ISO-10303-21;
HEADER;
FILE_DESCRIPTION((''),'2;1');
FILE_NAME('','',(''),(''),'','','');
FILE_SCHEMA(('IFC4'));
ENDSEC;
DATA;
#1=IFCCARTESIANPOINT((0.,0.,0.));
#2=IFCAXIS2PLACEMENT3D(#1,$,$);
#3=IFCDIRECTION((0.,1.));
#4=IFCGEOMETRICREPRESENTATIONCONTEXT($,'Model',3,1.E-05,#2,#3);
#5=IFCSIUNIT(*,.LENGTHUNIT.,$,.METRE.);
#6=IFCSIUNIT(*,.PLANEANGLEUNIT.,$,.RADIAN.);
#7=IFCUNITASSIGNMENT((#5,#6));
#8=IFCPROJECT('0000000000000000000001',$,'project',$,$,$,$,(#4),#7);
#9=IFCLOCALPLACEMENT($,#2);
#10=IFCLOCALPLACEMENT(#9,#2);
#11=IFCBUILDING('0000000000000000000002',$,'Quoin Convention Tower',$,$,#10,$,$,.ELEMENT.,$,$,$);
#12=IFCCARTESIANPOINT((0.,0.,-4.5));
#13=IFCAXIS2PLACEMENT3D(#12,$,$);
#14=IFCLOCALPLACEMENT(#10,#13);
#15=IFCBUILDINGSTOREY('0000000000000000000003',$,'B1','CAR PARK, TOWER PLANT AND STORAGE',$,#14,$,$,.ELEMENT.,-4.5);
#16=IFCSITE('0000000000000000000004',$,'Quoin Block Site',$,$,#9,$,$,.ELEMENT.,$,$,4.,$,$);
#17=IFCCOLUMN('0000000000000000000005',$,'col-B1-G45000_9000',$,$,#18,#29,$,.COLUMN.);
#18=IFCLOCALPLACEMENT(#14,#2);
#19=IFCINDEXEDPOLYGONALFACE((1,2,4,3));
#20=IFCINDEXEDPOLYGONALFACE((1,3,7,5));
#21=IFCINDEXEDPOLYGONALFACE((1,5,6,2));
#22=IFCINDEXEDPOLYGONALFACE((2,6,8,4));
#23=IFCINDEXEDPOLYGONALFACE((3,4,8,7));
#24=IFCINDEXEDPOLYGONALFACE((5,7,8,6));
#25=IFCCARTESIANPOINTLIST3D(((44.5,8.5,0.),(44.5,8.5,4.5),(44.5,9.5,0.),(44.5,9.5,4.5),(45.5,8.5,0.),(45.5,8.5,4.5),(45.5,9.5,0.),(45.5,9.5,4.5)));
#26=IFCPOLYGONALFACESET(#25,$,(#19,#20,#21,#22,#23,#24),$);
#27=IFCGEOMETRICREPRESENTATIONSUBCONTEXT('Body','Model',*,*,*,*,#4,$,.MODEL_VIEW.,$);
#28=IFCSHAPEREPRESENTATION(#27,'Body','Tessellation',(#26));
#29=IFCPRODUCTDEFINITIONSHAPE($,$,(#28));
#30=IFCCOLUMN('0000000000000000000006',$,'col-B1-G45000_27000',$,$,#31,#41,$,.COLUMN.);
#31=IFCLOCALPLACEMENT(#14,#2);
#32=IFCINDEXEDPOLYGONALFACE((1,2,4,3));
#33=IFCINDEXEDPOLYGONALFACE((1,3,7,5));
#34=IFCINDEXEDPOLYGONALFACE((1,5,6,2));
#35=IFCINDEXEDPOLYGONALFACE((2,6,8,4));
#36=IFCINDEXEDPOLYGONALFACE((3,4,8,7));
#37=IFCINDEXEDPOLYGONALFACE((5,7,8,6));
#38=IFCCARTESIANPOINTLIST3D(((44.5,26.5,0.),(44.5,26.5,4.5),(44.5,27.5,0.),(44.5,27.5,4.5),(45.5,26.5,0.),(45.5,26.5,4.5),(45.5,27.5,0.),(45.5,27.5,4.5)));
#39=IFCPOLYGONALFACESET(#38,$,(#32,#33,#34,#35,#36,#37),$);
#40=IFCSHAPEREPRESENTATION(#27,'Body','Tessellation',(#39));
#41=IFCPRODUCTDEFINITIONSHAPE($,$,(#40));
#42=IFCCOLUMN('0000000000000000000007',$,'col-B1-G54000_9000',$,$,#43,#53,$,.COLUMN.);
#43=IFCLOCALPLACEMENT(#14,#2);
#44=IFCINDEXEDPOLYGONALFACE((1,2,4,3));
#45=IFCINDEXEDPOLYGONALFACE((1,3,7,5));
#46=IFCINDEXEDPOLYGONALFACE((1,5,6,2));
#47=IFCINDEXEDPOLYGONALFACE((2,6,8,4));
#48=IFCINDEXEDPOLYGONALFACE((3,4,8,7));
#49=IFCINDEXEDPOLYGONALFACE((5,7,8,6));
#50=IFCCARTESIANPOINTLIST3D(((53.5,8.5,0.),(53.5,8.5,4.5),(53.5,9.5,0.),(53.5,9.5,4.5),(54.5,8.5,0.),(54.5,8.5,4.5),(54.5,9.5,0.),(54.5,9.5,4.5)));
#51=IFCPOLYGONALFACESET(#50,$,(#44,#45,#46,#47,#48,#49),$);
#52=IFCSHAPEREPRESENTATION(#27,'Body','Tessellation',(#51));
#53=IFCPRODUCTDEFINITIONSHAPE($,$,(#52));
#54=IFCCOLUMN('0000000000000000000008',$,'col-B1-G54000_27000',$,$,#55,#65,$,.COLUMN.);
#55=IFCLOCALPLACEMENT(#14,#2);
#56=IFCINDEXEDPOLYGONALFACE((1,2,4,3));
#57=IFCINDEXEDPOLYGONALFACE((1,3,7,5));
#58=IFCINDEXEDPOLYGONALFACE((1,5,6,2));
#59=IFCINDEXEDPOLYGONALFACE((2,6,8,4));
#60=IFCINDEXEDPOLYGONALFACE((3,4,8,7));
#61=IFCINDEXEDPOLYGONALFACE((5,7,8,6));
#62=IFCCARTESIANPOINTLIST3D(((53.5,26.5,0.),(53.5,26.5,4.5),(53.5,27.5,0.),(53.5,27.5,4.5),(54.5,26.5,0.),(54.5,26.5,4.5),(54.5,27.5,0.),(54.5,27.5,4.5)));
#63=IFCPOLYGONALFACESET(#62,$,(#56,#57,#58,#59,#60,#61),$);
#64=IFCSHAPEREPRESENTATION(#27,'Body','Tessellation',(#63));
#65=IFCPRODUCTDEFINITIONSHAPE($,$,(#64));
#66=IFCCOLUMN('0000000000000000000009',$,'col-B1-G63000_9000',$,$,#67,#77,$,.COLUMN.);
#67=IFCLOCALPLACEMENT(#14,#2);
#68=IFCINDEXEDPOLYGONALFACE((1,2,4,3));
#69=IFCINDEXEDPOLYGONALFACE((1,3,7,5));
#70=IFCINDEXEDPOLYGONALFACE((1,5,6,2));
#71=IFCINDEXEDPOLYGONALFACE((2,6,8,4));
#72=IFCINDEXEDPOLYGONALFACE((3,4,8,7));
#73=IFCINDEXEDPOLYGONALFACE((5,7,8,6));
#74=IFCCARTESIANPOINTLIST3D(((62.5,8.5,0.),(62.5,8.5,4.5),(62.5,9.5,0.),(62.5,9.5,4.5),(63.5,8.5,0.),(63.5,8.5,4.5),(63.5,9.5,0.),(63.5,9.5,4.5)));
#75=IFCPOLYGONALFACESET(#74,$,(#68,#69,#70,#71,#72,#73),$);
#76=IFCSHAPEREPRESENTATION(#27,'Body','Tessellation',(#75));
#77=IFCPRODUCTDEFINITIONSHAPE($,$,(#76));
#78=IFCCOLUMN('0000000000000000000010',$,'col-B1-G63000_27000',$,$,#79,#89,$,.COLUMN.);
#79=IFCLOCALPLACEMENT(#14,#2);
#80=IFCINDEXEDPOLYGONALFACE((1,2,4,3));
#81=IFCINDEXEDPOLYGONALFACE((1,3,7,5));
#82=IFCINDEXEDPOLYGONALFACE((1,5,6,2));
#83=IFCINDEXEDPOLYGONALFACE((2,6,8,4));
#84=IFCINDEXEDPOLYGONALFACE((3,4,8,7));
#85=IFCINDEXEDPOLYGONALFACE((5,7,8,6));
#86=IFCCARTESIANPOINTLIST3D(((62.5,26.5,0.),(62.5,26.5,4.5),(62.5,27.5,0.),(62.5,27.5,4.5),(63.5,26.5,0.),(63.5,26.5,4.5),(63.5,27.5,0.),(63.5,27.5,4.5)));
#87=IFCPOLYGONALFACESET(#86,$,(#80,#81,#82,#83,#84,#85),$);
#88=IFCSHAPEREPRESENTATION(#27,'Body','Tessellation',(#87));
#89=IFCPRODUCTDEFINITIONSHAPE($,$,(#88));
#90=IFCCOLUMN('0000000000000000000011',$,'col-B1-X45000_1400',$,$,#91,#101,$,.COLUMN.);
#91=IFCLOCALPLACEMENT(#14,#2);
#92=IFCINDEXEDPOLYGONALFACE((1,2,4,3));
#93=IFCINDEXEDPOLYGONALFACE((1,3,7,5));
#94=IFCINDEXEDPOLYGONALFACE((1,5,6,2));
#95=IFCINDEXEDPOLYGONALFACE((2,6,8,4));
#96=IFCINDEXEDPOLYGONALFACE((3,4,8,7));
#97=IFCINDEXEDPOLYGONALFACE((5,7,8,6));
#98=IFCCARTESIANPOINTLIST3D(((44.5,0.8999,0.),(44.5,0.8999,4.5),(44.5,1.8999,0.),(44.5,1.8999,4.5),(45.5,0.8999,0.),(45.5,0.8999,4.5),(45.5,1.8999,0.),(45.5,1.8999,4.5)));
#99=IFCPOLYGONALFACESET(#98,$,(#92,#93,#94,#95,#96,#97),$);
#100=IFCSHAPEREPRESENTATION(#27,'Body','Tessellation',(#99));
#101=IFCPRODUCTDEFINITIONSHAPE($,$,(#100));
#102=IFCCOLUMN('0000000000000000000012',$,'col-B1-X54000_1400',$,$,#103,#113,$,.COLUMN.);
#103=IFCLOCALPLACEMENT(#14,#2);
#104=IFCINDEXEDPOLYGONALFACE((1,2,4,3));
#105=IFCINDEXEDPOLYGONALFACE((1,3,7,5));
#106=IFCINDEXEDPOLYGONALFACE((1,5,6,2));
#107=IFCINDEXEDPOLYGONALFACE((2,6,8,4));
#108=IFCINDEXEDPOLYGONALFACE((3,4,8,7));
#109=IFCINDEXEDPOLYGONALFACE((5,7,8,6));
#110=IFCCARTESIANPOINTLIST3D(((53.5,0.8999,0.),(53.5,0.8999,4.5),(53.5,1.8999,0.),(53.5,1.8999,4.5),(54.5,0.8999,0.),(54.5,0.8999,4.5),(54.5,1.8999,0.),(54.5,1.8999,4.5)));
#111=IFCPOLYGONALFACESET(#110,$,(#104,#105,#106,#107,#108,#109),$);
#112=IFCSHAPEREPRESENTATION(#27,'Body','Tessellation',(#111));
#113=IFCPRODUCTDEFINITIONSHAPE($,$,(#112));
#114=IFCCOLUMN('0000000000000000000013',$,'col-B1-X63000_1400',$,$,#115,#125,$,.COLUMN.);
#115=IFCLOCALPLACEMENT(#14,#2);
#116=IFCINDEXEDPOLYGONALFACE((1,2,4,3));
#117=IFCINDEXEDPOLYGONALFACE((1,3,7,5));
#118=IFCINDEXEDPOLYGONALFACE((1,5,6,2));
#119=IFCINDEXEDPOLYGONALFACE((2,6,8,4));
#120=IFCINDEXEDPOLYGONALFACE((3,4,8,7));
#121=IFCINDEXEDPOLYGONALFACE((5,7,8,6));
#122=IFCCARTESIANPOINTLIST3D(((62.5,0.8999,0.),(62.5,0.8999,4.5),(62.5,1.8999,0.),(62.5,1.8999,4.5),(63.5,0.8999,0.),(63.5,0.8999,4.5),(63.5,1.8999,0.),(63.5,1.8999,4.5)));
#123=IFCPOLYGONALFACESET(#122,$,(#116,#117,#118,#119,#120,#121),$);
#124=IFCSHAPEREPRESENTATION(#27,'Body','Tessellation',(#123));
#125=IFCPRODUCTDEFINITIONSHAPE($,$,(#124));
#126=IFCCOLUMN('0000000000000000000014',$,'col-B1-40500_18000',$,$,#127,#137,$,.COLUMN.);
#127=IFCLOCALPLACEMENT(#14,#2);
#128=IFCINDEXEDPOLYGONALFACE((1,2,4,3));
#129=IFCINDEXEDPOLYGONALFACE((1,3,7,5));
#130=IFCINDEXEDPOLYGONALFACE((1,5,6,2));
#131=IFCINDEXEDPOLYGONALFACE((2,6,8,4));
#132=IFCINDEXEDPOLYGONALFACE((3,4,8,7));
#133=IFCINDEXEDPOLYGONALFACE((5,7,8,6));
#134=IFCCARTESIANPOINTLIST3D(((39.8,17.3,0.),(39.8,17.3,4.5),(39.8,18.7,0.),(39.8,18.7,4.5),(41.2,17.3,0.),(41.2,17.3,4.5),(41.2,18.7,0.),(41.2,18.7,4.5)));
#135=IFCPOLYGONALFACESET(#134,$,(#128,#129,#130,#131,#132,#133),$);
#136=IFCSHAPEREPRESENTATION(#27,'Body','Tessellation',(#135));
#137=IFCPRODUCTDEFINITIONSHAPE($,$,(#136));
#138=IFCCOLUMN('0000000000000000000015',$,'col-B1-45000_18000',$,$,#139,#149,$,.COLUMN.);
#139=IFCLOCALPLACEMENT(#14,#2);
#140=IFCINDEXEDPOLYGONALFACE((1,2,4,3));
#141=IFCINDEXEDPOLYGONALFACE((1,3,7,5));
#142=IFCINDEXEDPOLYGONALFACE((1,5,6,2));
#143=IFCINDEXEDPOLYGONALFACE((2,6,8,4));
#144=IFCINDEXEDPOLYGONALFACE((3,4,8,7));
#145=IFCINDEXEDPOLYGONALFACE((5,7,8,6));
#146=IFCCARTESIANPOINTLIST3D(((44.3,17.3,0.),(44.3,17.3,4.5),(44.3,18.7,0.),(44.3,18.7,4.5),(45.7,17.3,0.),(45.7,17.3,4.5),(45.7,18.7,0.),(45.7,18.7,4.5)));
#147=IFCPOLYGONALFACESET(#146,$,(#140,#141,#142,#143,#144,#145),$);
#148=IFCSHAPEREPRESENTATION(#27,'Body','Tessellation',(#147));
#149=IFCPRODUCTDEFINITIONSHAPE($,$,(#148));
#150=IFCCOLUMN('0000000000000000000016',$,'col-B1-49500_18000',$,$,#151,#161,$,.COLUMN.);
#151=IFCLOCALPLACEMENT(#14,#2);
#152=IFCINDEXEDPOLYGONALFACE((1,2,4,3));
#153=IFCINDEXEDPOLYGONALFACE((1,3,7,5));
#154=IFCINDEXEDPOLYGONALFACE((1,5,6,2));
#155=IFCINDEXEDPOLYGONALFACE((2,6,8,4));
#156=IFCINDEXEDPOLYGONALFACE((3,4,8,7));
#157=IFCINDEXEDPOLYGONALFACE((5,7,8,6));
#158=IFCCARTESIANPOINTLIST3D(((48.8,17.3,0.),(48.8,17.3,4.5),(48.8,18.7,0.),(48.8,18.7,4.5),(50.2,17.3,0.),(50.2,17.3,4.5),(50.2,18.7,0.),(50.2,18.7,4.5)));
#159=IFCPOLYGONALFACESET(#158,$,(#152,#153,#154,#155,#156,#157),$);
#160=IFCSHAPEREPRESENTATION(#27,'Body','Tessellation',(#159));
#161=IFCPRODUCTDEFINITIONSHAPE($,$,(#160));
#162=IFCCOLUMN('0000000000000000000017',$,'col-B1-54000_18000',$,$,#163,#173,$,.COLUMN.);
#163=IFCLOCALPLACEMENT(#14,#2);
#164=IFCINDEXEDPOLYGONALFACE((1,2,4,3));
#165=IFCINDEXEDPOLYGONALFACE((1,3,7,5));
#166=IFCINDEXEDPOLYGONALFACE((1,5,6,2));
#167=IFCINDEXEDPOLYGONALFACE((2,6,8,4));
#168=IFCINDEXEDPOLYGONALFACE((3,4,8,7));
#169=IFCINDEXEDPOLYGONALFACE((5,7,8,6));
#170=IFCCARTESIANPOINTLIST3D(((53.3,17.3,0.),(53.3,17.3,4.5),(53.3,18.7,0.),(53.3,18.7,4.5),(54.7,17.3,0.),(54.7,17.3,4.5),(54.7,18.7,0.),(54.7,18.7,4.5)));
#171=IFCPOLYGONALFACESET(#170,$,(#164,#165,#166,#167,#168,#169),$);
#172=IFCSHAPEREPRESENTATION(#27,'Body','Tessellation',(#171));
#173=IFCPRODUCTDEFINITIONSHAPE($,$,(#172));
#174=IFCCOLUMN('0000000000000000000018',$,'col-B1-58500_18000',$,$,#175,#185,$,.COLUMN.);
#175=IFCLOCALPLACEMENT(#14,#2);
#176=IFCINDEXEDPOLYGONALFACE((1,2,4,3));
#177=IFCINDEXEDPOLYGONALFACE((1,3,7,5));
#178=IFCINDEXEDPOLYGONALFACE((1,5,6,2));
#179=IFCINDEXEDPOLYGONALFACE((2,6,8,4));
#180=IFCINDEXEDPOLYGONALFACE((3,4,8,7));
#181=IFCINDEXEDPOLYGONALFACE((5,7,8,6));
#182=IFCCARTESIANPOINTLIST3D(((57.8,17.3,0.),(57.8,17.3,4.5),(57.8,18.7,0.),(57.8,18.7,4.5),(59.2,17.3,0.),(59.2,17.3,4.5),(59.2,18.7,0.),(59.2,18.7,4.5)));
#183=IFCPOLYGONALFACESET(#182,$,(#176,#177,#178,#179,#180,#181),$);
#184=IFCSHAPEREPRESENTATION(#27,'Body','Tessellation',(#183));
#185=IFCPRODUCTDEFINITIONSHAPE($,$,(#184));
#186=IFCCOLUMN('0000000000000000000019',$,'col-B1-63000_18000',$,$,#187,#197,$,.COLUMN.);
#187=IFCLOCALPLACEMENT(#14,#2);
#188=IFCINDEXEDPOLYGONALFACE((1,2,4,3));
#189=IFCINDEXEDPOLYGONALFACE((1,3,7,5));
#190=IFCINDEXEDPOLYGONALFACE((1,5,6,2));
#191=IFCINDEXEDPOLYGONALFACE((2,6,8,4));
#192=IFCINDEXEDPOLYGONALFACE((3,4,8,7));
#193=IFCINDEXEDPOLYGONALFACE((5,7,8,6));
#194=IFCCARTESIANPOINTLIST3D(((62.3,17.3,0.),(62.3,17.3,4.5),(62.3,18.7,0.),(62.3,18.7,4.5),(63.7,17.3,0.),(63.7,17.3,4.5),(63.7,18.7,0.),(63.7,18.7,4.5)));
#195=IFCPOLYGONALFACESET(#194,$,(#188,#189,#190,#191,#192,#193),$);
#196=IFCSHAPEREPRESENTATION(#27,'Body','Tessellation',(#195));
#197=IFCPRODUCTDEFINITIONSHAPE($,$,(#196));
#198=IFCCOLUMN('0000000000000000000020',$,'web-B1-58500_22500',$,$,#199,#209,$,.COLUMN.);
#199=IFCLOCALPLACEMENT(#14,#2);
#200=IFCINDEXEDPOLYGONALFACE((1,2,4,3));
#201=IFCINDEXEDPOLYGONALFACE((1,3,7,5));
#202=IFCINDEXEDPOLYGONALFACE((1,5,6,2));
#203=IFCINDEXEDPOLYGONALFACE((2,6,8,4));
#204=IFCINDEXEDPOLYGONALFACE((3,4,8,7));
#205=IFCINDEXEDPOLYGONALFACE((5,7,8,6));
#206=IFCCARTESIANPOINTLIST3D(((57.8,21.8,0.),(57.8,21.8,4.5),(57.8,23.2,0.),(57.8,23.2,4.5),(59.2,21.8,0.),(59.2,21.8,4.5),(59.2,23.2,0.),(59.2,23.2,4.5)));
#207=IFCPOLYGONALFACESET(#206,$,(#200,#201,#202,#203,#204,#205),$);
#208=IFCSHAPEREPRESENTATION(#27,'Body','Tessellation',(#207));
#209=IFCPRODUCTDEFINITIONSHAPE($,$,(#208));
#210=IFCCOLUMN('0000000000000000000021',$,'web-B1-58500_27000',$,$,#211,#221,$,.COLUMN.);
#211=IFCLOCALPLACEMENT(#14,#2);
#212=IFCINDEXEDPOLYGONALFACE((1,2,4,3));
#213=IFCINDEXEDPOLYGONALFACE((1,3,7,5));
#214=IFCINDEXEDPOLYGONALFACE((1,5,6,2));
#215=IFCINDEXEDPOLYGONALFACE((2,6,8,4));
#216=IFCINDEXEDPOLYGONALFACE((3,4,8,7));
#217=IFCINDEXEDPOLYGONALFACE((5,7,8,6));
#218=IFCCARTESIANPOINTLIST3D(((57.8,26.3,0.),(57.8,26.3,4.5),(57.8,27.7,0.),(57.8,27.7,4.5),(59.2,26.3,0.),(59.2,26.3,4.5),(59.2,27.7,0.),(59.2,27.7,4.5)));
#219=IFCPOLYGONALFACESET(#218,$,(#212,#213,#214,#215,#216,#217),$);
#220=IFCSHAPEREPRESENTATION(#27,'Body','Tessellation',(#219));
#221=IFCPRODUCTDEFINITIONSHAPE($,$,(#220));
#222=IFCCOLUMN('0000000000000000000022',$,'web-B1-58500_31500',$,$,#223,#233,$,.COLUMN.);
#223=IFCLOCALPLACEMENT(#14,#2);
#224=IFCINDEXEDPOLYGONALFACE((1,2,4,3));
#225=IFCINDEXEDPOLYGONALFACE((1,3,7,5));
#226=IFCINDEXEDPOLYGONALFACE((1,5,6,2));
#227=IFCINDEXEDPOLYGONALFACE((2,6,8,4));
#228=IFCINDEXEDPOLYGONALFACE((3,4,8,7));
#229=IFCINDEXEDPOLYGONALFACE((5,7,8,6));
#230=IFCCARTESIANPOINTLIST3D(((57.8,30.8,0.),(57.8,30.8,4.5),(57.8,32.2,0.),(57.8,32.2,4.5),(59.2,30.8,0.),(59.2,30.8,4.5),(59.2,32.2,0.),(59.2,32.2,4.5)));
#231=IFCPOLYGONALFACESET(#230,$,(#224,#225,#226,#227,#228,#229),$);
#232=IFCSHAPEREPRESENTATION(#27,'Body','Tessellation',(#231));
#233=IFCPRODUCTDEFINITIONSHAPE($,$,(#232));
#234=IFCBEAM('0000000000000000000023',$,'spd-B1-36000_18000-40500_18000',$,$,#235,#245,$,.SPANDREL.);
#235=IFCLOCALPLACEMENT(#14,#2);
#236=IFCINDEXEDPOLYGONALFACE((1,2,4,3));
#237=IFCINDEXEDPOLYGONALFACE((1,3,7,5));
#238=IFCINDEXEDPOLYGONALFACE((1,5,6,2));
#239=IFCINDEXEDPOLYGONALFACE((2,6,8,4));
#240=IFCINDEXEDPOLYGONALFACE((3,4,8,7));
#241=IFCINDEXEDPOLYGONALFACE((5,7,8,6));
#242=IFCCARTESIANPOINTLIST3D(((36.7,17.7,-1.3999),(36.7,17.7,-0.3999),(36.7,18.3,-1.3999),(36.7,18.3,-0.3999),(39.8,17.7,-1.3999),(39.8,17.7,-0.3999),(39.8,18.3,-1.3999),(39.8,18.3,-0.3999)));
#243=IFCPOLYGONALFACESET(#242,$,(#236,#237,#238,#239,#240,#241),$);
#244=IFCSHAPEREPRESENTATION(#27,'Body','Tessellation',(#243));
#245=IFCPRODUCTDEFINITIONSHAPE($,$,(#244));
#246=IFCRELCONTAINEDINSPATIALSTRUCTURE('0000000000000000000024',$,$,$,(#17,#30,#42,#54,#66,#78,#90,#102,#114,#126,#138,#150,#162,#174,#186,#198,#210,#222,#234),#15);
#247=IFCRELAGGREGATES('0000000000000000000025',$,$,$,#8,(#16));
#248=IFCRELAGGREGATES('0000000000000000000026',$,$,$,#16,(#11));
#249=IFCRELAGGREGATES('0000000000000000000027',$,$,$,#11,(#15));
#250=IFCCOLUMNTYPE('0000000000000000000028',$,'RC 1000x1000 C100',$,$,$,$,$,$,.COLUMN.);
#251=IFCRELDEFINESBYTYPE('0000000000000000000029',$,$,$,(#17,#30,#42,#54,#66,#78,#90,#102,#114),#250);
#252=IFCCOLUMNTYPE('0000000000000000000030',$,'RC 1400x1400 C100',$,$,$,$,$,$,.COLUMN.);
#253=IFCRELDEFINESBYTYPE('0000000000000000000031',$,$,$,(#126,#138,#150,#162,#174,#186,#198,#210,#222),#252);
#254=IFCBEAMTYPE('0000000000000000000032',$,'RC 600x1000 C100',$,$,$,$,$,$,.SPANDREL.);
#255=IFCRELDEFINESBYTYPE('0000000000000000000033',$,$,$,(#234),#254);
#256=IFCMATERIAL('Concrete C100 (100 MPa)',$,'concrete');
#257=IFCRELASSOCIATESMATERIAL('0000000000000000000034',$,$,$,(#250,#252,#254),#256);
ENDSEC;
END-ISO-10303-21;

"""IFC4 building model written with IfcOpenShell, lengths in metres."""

from ifc_helpers import new_model, si_unit, direction, frame, origin, origin_2d, place, context, subcontext, project, spatial, rectangle, extrude, material, material_profile, profile_set, type_object, element, save


model = new_model("IFC4")

# Units and contexts
model_context = context("Model", 3, precision=1e-05, world=origin(), true_north=direction((0.0, 1.0)))
body_context = subcontext(model_context, "Body", "Model", "MODEL_VIEW")
ifc_project = project(units=[si_unit("LENGTHUNIT", "METRE"), si_unit("PLANEANGLEUNIT", "RADIAN")], contexts=[model_context])

# Site, building, storey
site_placement = place(None, origin())
site = spatial("IfcSite", under=ifc_project, at=site_placement, Name="Quoin Block Site", CompositionType="ELEMENT", RefElevation=4.0)
building_placement = place(site_placement, origin())
building = spatial("IfcBuilding", under=site, at=building_placement, Name="Quoin Convention Tower", CompositionType="ELEMENT")
storey_placement = place(building_placement, frame((0.0, 0.0, -4.5)))
storey = spatial("IfcBuildingStorey", under=building, at=storey_placement, Name="B1", Description="CAR PARK, TOWER PLANT AND STORAGE", CompositionType="ELEMENT", Elevation=-4.5)

# Columns
ifc_material_1 = material(Name="Concrete C100 (100 MPa)", Category="concrete")
ifc_material_profile_1 = material_profile(ifc_material_1, rectangle(XDim=1.0, YDim=1.0, at=origin_2d()), Name="RC 1000x1000")
ifc_profile_set_1 = profile_set([ifc_material_profile_1], Name="Concrete C100 (100 MPa)")
column_type_1 = type_object("IfcColumnType", Name="RC 1000x1000 C100", PredefinedType="COLUMN", material=ifc_profile_set_1)
for number, where, z_axis, x_axis, name in (
    (1, (45.0, 9.0, 0.0), (0.0, 0.0, 1.0), (1.0, 0.0, 0.0), "col-B1-G45000_9000"),
    (2, (45.0, 27.0, 0.0), (0.0, 0.0, 1.0), (1.0, 0.0, 0.0), "col-B1-G45000_27000"),
    (3, (54.0, 9.0, 0.0), (0.0, 0.0, 1.0), (1.0, 0.0, 0.0), "col-B1-G54000_9000"),
    (4, (54.0, 27.0, 0.0), (0.0, 0.0, 1.0), (1.0, 0.0, 0.0), "col-B1-G54000_27000"),
    (5, (63.0, 9.0, 0.0), (0.0, 0.0, 1.0), (1.0, 0.0, 0.0), "col-B1-G63000_9000"),
    (6, (63.0, 27.0, 0.0), (0.0, 0.0, 1.0), (1.0, 0.0, 0.0), "col-B1-G63000_27000"),
    (7, (45.0, 1.3999, 0.0), (0.0, 0.0, 1.0), (1.0, 0.0, 0.0), "col-B1-X45000_1400"),
    (8, (54.0, 1.3999, 0.0), (0.0, 0.0, 1.0), (1.0, 0.0, 0.0), "col-B1-X54000_1400"),
    (9, (63.0, 1.3999, 0.0), (0.0, 0.0, 1.0), (1.0, 0.0, 0.0), "col-B1-X63000_1400"),
):
    element("IfcColumn", number, at=place(storey_placement, frame(where, z_axis=z_axis, x_axis=x_axis)), inside=storey, type_object=column_type_1, Name=name, PredefinedType="COLUMN", context=body_context, shape_type="SweptSolid", body=[
        extrude(rectangle(XDim=1.0, YDim=1.0, at=origin_2d()), origin(), (0.0, 0.0, 1.0), 4.5),
    ])
ifc_material_profile_2 = material_profile(ifc_material_1, rectangle(XDim=1.3999, YDim=1.3999, at=origin_2d()), Name="RC 1400x1400")
ifc_profile_set_2 = profile_set([ifc_material_profile_2], Name="Concrete C100 (100 MPa)")
column_type_2 = type_object("IfcColumnType", Name="RC 1400x1400 C100", PredefinedType="COLUMN", material=ifc_profile_set_2)
for number, where, z_axis, x_axis, name in (
    (10, (40.5, 18.0, 0.0), (0.0, 0.0, 1.0), (1.0, 0.0, 0.0), "col-B1-40500_18000"),
    (11, (45.0, 18.0, 0.0), (0.0, 0.0, 1.0), (1.0, 0.0, 0.0), "col-B1-45000_18000"),
    (12, (49.5, 18.0, 0.0), (0.0, 0.0, 1.0), (1.0, 0.0, 0.0), "col-B1-49500_18000"),
    (13, (54.0, 18.0, 0.0), (0.0, 0.0, 1.0), (1.0, 0.0, 0.0), "col-B1-54000_18000"),
    (14, (58.5, 18.0, 0.0), (0.0, 0.0, 1.0), (1.0, 0.0, 0.0), "col-B1-58500_18000"),
    (15, (63.0, 18.0, 0.0), (0.0, 0.0, 1.0), (1.0, 0.0, 0.0), "col-B1-63000_18000"),
    (16, (58.5, 22.5, 0.0), (0.0, 0.0, 1.0), (1.0, 0.0, 0.0), "web-B1-58500_22500"),
    (17, (58.5, 27.0, 0.0), (0.0, 0.0, 1.0), (1.0, 0.0, 0.0), "web-B1-58500_27000"),
    (18, (58.5, 31.5, 0.0), (0.0, 0.0, 1.0), (1.0, 0.0, 0.0), "web-B1-58500_31500"),
):
    element("IfcColumn", number, at=place(storey_placement, frame(where, z_axis=z_axis, x_axis=x_axis)), inside=storey, type_object=column_type_2, Name=name, PredefinedType="COLUMN", context=body_context, shape_type="SweptSolid", body=[
        extrude(rectangle(XDim=1.3999, YDim=1.3999, at=origin_2d()), origin(), (0.0, 0.0, 1.0), 4.5),
    ])

# Beam
ifc_material_profile_3 = material_profile(ifc_material_1, rectangle(XDim=0.6001, YDim=1.0, at=origin_2d()), Name="RC 600x1000")
ifc_profile_set_3 = profile_set([ifc_material_profile_3], Name="Concrete C100 (100 MPa)")
beam_type = type_object("IfcBeamType", Name="RC 600x1000 C100", PredefinedType="SPANDREL", material=ifc_profile_set_3)
for number, where, z_axis, x_axis, name in (
    (19, (36.7, 18.0, -0.8999), (1.0, 0.0, 0.0), (0.0, 1.0, 0.0), "spd-B1-36000_18000-40500_18000"),
):
    element("IfcBeam", number, at=place(storey_placement, frame(where, z_axis=z_axis, x_axis=x_axis)), inside=storey, type_object=beam_type, Name=name, PredefinedType="SPANDREL", context=body_context, shape_type="SweptSolid", body=[
        extrude(rectangle(XDim=0.6001, YDim=1.0, at=origin_2d()), origin(), (0.0, 0.0, 1.0), 3.1001),
    ])

save(model, "model.ifc")
